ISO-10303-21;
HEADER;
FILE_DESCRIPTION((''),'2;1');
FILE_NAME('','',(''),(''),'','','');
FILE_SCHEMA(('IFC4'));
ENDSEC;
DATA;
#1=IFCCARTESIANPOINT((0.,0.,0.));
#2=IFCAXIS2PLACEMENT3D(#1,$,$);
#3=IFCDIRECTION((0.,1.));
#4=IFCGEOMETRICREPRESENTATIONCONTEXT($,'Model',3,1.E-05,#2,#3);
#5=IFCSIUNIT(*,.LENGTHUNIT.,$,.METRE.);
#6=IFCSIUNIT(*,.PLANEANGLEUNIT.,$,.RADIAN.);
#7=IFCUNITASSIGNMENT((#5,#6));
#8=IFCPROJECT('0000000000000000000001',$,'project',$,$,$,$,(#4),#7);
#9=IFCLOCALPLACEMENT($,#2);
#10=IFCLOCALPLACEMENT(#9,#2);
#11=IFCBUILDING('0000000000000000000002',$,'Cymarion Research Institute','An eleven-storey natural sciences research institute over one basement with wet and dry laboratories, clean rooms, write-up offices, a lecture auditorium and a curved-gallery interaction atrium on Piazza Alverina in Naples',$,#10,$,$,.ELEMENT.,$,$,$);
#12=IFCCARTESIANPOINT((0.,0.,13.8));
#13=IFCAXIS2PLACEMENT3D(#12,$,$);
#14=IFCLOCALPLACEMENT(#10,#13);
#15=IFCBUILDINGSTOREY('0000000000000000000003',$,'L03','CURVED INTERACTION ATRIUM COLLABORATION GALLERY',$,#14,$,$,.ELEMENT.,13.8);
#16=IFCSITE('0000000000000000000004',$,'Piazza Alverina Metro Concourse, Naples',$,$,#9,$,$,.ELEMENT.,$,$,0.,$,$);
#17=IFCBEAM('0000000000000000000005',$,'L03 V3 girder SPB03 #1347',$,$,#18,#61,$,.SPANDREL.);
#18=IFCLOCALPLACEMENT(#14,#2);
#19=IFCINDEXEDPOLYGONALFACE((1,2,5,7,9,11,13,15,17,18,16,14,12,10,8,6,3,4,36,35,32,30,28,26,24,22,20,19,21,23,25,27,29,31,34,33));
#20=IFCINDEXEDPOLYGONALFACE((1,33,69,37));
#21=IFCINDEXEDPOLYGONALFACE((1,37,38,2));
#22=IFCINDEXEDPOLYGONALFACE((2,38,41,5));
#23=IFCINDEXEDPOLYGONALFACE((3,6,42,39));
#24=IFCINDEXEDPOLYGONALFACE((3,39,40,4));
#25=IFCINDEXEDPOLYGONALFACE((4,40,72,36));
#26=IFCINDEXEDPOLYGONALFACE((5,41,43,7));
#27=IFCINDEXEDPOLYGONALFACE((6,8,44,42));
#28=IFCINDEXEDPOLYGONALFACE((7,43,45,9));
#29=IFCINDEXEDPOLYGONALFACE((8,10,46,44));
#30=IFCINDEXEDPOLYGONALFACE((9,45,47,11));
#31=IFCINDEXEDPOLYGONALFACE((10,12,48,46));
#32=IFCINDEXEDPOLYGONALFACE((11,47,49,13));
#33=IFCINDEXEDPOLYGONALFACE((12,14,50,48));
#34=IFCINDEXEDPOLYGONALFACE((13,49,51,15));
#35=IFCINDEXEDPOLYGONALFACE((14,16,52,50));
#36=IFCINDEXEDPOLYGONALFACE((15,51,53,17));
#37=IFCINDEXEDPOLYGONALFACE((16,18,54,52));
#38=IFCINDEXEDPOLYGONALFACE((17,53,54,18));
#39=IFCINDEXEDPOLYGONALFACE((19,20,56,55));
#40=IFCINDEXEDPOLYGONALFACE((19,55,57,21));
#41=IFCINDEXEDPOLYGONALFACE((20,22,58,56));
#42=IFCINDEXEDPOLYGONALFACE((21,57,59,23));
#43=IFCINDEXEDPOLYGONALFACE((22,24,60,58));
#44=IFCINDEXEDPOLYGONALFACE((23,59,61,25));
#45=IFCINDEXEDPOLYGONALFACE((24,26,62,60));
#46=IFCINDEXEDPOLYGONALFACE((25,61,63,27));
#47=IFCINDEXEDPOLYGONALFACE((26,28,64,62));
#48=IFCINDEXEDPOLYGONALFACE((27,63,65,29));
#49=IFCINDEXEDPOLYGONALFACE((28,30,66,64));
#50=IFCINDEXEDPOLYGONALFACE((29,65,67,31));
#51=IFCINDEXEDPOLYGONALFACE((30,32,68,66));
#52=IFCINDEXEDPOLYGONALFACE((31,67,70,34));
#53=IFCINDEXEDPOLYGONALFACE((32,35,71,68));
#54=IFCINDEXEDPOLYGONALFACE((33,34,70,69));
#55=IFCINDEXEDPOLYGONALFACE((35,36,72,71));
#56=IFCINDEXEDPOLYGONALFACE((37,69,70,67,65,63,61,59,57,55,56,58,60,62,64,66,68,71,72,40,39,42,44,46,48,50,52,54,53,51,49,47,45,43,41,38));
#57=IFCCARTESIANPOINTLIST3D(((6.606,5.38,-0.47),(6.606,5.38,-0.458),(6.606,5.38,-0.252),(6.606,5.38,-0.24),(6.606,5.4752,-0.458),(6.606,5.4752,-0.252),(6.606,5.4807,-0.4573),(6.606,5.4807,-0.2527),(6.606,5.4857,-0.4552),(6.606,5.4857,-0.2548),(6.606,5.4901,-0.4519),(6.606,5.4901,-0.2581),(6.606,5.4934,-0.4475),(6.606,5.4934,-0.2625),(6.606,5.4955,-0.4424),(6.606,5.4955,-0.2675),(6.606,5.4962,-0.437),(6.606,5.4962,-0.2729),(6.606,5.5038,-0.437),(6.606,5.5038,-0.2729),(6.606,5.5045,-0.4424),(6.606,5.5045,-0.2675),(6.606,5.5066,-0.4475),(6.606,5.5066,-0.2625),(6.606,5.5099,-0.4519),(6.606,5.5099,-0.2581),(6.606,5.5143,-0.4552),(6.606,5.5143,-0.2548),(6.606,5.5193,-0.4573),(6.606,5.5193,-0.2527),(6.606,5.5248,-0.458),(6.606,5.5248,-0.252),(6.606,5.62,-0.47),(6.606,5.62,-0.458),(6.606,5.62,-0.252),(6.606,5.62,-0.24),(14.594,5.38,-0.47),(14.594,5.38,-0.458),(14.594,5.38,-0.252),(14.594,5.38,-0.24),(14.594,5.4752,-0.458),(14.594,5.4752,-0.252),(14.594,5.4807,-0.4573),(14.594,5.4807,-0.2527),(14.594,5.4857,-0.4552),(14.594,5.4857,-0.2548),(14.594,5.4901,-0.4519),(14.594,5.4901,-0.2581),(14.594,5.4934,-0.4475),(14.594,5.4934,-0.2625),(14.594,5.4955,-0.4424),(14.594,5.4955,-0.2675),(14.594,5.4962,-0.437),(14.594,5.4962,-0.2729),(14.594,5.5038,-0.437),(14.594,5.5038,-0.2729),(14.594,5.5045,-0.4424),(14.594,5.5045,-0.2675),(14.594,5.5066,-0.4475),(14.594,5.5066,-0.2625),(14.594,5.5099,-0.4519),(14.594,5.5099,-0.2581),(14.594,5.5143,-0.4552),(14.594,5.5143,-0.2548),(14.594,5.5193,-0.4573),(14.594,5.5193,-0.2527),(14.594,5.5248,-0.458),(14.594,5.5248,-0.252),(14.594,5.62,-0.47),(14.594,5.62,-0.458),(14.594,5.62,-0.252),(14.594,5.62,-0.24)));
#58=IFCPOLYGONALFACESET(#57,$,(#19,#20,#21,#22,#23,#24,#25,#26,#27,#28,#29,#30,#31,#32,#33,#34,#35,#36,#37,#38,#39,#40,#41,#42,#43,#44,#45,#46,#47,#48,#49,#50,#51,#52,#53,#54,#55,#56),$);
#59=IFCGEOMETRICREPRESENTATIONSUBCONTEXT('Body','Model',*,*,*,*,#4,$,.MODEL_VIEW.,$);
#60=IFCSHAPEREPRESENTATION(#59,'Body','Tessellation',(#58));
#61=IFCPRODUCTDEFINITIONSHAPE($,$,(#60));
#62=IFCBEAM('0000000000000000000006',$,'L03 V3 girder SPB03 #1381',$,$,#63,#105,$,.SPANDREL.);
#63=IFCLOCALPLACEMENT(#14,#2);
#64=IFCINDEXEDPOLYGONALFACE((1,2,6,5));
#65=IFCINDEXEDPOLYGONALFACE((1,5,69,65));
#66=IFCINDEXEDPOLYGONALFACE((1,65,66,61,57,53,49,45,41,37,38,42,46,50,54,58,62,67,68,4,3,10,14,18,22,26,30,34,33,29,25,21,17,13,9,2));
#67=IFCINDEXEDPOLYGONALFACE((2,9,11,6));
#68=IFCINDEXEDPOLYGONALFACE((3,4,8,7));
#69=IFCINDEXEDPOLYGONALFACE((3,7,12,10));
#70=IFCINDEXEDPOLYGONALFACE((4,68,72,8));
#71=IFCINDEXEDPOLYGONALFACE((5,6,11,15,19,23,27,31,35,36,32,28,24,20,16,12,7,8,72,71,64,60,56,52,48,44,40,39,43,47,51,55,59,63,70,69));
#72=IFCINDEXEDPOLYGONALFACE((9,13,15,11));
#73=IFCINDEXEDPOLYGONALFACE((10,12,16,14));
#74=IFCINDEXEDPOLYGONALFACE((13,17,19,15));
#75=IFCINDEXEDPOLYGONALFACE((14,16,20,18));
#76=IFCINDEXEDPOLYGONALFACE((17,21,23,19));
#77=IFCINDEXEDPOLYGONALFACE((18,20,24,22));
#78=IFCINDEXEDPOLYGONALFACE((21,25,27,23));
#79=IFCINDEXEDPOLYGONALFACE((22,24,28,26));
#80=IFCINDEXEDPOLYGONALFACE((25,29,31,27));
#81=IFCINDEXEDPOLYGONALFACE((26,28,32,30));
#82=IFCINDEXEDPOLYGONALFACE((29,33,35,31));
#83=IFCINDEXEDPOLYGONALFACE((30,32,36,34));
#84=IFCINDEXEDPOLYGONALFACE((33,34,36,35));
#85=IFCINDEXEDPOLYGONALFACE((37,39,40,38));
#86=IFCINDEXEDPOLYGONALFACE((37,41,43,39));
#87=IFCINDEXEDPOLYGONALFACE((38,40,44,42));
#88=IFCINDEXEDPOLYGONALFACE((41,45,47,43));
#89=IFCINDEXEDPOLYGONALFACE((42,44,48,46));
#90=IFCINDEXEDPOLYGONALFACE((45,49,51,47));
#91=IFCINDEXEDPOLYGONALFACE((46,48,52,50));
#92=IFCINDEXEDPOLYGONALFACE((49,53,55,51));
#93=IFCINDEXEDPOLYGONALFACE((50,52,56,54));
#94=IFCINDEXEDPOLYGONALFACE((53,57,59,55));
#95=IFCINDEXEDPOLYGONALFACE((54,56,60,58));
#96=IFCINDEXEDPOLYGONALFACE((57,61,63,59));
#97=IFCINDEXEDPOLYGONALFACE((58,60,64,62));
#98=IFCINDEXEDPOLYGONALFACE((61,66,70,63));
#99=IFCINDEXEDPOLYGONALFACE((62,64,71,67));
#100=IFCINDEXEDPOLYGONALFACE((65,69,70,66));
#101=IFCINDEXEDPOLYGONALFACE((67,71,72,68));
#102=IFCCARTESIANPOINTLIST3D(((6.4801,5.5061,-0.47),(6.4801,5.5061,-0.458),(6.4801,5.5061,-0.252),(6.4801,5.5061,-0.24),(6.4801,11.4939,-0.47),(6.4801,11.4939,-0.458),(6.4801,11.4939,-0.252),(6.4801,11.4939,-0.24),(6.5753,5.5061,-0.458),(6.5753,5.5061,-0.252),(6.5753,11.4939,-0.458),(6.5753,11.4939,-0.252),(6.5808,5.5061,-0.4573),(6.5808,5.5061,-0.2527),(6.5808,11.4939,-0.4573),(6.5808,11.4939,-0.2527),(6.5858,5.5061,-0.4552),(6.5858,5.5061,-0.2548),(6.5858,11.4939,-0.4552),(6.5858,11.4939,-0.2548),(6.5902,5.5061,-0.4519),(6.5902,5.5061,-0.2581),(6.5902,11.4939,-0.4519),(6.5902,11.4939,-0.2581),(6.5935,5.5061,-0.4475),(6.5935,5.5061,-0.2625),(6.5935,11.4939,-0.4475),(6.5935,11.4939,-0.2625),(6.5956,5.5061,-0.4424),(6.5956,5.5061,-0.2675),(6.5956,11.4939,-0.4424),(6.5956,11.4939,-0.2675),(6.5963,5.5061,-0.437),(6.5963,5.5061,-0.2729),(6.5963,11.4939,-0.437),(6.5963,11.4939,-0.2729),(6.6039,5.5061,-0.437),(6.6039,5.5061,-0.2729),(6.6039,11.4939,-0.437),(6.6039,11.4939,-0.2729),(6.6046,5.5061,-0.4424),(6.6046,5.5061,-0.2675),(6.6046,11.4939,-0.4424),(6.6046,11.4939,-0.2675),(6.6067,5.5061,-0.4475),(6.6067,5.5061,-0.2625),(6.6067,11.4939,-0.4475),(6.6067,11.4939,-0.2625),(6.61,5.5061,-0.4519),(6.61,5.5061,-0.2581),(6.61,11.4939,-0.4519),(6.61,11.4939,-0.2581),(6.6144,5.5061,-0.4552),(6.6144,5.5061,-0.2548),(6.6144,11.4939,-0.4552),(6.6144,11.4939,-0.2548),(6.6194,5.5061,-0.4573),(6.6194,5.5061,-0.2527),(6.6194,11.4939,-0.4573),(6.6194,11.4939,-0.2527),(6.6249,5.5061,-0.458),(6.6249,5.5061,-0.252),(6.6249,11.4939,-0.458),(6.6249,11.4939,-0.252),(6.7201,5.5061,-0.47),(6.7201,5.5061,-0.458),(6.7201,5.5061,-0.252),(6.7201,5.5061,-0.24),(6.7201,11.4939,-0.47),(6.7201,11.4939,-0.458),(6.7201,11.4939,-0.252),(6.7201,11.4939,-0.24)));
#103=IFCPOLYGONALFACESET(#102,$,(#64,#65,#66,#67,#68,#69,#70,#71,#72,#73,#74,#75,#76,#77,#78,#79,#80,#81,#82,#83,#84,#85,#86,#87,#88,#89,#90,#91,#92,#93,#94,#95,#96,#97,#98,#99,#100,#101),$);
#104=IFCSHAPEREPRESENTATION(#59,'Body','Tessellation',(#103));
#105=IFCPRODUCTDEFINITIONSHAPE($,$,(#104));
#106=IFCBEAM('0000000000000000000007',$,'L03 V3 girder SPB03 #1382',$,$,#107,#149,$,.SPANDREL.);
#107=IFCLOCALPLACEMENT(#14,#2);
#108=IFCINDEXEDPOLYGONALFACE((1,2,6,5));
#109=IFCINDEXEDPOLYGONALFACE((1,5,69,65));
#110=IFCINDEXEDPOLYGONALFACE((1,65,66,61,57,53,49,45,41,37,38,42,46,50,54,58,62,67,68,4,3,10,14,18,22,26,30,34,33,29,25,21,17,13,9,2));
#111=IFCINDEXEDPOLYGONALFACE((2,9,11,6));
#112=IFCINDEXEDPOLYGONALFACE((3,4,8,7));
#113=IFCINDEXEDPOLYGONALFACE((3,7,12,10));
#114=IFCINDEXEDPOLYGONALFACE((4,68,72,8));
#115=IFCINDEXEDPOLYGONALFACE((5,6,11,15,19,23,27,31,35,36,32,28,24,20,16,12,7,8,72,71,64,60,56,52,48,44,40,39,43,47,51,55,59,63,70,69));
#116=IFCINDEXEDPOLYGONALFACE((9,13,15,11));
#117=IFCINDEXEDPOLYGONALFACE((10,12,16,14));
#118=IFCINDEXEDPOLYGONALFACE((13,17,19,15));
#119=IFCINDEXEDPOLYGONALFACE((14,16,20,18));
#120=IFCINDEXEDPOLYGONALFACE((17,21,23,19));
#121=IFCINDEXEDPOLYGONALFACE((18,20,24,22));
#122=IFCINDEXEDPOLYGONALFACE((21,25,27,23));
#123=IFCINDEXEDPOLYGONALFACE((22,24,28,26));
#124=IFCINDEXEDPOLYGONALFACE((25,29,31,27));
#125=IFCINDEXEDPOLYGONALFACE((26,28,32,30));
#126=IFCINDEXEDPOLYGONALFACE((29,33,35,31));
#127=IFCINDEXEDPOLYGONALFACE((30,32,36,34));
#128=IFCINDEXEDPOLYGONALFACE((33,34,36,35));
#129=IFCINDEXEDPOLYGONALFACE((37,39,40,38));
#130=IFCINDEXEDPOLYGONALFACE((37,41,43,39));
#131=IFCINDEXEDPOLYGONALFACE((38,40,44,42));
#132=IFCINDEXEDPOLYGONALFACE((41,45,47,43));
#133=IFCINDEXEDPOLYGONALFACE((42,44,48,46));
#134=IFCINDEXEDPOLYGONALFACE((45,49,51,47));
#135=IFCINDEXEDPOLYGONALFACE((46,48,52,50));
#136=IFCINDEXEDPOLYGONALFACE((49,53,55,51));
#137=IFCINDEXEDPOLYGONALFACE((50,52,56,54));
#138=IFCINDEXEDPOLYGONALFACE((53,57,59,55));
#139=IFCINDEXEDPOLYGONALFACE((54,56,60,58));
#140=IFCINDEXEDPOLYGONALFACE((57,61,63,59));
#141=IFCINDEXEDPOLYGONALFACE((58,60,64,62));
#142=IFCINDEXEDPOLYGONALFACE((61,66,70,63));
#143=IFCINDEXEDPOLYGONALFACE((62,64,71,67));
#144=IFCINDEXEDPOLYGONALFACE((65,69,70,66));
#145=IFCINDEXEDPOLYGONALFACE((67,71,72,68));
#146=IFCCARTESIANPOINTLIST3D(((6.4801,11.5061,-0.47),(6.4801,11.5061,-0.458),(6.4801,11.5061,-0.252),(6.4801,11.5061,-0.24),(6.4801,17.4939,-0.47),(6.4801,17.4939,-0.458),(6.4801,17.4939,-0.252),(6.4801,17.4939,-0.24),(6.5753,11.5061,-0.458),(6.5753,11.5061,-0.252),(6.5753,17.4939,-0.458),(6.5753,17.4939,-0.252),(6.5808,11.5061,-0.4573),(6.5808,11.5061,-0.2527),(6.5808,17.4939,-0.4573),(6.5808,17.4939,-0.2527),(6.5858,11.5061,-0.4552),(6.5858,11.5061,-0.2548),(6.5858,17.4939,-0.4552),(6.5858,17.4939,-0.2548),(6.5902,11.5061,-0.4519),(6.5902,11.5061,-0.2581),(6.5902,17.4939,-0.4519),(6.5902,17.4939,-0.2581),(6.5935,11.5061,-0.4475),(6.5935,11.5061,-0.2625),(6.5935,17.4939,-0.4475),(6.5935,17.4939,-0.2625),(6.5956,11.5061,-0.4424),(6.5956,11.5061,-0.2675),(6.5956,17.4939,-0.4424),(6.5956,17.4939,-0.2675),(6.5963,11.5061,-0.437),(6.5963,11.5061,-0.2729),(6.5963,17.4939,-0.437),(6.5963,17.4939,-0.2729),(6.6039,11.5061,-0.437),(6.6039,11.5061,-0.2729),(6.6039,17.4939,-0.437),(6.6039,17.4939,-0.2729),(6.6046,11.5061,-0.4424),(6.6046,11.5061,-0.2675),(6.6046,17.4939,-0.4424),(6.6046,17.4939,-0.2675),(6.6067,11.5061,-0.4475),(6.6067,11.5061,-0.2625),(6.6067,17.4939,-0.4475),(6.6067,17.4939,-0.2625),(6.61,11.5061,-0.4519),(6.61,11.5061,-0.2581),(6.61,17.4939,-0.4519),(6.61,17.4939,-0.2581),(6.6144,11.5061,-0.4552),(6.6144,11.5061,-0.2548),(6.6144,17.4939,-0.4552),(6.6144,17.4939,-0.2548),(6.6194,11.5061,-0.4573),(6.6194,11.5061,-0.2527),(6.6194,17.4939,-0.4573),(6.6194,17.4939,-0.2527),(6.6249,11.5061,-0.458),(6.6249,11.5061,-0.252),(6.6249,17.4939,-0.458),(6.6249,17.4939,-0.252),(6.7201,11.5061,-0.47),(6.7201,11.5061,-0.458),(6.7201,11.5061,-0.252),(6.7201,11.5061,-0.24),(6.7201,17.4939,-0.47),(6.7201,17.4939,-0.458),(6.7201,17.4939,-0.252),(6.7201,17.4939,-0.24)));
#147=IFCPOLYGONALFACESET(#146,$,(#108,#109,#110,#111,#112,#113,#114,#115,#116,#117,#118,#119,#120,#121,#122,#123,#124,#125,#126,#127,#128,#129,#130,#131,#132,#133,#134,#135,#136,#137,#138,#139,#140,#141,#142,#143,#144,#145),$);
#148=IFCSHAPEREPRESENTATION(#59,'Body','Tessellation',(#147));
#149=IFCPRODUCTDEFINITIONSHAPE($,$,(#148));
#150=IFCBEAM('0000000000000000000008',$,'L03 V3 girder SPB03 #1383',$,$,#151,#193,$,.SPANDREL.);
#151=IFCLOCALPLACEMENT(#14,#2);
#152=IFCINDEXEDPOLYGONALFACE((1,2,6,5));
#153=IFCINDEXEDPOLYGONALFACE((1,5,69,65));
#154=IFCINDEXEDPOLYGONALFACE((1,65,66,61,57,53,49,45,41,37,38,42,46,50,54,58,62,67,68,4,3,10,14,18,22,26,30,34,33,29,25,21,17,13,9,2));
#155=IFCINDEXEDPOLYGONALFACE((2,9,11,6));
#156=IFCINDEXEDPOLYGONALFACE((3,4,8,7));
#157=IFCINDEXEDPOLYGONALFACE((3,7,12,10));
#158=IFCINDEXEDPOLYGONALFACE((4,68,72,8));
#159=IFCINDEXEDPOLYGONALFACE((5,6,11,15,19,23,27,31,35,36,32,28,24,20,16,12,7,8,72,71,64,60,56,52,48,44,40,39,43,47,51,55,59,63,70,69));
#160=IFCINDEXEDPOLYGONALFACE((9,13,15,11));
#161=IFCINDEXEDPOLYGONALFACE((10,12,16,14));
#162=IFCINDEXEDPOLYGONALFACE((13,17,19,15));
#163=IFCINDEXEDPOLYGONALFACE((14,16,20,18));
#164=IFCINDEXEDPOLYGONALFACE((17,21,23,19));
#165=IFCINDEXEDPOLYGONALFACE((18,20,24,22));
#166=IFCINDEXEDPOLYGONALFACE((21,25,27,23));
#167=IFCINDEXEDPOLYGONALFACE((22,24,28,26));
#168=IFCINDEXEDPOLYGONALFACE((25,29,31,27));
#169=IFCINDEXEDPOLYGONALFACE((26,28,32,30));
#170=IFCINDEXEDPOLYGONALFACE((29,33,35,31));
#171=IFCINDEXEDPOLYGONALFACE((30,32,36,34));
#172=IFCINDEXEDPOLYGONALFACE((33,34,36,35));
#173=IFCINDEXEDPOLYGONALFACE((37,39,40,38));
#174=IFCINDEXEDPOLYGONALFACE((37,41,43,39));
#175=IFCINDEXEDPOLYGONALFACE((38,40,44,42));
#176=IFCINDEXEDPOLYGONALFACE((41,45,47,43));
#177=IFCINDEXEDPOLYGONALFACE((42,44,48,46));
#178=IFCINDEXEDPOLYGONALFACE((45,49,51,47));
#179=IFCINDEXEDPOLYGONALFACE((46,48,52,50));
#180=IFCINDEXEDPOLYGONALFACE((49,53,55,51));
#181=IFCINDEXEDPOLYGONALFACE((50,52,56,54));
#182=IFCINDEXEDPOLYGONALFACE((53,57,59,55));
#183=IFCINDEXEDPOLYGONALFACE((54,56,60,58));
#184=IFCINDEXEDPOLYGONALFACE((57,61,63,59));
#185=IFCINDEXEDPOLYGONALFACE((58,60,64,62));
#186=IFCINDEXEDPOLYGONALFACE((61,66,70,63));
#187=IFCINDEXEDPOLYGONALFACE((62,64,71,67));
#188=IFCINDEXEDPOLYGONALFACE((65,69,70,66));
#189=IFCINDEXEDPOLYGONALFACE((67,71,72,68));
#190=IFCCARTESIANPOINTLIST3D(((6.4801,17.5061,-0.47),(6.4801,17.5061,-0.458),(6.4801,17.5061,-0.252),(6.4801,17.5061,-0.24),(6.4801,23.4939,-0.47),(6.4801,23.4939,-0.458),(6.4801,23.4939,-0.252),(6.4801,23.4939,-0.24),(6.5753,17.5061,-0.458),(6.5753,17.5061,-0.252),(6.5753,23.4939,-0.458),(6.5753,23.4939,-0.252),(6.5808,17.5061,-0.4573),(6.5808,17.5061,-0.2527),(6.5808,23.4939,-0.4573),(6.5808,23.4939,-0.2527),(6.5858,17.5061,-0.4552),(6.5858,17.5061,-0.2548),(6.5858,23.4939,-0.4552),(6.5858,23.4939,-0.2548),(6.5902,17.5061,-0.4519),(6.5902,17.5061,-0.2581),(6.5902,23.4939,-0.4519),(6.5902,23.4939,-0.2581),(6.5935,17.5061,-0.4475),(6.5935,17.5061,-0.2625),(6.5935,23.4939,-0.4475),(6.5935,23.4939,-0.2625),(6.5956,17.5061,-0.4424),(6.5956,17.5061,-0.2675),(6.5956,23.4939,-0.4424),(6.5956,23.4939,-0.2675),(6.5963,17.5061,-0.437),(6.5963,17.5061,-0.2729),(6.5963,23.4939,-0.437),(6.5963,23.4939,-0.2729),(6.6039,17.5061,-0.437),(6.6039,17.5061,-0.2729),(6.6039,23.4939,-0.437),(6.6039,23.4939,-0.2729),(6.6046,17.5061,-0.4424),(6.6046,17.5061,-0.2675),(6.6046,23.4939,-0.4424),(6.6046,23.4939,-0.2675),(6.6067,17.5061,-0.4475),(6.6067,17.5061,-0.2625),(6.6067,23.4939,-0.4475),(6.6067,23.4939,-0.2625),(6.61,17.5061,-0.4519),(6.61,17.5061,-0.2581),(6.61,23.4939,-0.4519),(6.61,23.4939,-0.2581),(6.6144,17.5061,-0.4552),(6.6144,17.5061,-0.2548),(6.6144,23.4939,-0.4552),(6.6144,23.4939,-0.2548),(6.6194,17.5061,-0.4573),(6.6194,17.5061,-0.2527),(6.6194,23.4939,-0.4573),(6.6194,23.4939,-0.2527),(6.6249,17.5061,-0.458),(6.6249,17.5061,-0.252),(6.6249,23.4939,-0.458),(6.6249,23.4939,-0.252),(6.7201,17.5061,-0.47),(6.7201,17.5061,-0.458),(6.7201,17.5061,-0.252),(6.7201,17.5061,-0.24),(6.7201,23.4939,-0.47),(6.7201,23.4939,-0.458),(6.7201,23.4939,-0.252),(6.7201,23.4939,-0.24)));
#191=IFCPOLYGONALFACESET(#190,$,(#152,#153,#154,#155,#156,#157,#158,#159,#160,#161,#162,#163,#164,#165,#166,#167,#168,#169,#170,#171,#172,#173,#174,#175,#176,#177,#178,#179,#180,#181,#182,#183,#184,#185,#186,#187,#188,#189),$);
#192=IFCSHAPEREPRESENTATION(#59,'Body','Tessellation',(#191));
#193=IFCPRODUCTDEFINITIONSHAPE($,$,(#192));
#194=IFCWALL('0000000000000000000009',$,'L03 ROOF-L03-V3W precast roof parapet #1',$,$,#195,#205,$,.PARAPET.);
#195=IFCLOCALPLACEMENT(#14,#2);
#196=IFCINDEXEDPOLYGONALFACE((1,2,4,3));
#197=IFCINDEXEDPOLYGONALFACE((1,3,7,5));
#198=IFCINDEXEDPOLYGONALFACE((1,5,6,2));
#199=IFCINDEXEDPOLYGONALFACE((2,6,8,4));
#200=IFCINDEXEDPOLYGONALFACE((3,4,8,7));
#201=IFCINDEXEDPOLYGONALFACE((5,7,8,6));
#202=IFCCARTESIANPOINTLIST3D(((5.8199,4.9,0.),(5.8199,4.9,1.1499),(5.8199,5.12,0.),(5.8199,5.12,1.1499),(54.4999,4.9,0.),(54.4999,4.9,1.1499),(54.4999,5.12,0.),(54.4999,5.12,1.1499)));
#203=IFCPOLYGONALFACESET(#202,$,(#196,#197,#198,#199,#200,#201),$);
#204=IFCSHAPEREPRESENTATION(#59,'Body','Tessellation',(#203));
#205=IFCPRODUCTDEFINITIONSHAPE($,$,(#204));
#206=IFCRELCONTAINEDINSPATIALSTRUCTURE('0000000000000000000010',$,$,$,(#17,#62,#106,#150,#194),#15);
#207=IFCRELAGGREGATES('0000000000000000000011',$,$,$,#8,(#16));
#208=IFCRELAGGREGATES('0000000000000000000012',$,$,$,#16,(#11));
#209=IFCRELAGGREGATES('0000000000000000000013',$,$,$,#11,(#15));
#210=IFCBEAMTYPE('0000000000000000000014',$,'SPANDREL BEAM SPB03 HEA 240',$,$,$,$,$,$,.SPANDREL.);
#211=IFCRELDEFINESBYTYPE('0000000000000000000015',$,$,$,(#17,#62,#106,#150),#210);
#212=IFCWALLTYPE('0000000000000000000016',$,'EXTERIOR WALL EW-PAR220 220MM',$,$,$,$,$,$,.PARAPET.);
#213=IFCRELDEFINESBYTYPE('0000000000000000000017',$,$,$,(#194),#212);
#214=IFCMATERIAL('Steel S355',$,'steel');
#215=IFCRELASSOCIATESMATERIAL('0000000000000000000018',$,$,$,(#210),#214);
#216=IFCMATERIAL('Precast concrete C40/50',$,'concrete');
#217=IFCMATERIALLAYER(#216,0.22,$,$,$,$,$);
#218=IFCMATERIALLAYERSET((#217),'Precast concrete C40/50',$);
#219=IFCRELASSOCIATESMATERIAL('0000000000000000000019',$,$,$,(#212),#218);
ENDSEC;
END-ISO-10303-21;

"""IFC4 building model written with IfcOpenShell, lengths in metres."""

from ifc_helpers import new_model, si_unit, direction, frame, frame_2d, origin, origin_2d, place, context, subcontext, project, spatial, rectangle, i_section, extrude, material, layer, layer_set, material_profile, profile_set, type_object, element, save


model = new_model("IFC4")

# Units and contexts
model_context = context("Model", 3, precision=1e-05, world=origin(), true_north=direction((0.0, 1.0)))
body_context = subcontext(model_context, "Body", "Model", "MODEL_VIEW")
ifc_project = project(units=[si_unit("LENGTHUNIT", "METRE"), si_unit("PLANEANGLEUNIT", "RADIAN")], contexts=[model_context])

# Site, building, storey
site_placement = place(None, origin())
site = spatial("IfcSite", under=ifc_project, at=site_placement, Name="Piazza Alverina Metro Concourse, Naples", CompositionType="ELEMENT", RefElevation=0.0)
building_placement = place(site_placement, origin())
building = spatial("IfcBuilding", under=site, at=building_placement, Name="Cymarion Research Institute", Description="An eleven-storey natural sciences research institute over one basement with wet and dry laboratories, clean rooms, write-up offices, a lecture auditorium and a curved-gallery interaction atrium on Piazza Alverina in Naples", CompositionType="ELEMENT")
storey_placement = place(building_placement, frame((0.0, 0.0, 13.8)))
storey = spatial("IfcBuildingStorey", under=building, at=storey_placement, Name="L03", Description="CURVED INTERACTION ATRIUM COLLABORATION GALLERY", CompositionType="ELEMENT", Elevation=13.8)

# Beams
ifc_material_1 = material(Name="Steel S355", Category="steel")
ifc_material_profile_1 = material_profile(ifc_material_1, i_section(OverallWidth=0.24, OverallDepth=0.23, WebThickness=0.0076, FlangeThickness=0.012, FilletRadius=0.021, at=origin_2d()), Name="HEA 240")
ifc_profile_set_1 = profile_set([ifc_material_profile_1], Name="Steel S355")
beam_type_1 = type_object("IfcBeamType", Name="SPANDREL BEAM SPB03 HEA 240", PredefinedType="SPANDREL", material=ifc_profile_set_1)
beam_placement = place(storey_placement, frame((6.606, 5.5, -0.355), z_axis=(1.0, 0.0, 0.0), x_axis=(0.0, 1.0, 0.0)))
element("IfcBeam", 1, at=beam_placement, inside=storey, type_object=beam_type_1, Name="L03 V3 girder SPB03 #1347", PredefinedType="SPANDREL", context=body_context, shape_type="SweptSolid", body=[
    extrude(i_section(OverallWidth=0.24, OverallDepth=0.23, WebThickness=0.0076, FlangeThickness=0.012, FilletRadius=0.021, at=origin_2d()), origin(), (0.0, 0.0, 1.0), 7.988),
])
for number, where, z_axis, x_axis, name in (
    (2, (6.6001, 5.5061, -0.355), (0.0, 1.0, 0.0), (-1.0, 0.0, 0.0), "L03 V3 girder SPB03 #1381"),
    (3, (6.6001, 11.5061, -0.355), (0.0, 1.0, 0.0), (-1.0, 0.0, 0.0), "L03 V3 girder SPB03 #1382"),
    (4, (6.6001, 17.5061, -0.355), (0.0, 1.0, 0.0), (-1.0, 0.0, 0.0), "L03 V3 girder SPB03 #1383"),
):
    element("IfcBeam", number, at=place(storey_placement, frame(where, z_axis=z_axis, x_axis=x_axis)), inside=storey, type_object=beam_type_1, Name=name, PredefinedType="SPANDREL", context=body_context, shape_type="SweptSolid", body=[
        extrude(i_section(OverallWidth=0.24, OverallDepth=0.23, WebThickness=0.0076, FlangeThickness=0.012, FilletRadius=0.021, at=origin_2d()), origin(), (0.0, 0.0, 1.0), 5.9878),
    ])

# Wall
ifc_material_2 = material(Name="Precast concrete C40/50", Category="concrete")
ifc_layer_1 = layer(ifc_material_2, 0.22)
ifc_layer_set_1 = layer_set([ifc_layer_1], Name="Precast concrete C40/50")
wall_type = type_object("IfcWallType", Name="EXTERIOR WALL EW-PAR220 220MM", PredefinedType="PARAPET", material=ifc_layer_set_1)
wall_placement = place(storey_placement, frame((5.8201, 5.01, 0.0), z_axis=(0.0, 0.0, 1.0), x_axis=(1.0, 0.0, 0.0)))
element("IfcWall", 5, at=wall_placement, inside=storey, type_object=wall_type, Name="L03 ROOF-L03-V3W precast roof parapet #1", PredefinedType="PARAPET", context=body_context, shape_type="SweptSolid", body=[
    extrude(rectangle(XDim=48.6799, YDim=0.22, at=frame_2d((24.3398, 0.0))), origin(), (0.0, 0.0, 1.0), 1.1499),
])

save(model, "model.ifc")
